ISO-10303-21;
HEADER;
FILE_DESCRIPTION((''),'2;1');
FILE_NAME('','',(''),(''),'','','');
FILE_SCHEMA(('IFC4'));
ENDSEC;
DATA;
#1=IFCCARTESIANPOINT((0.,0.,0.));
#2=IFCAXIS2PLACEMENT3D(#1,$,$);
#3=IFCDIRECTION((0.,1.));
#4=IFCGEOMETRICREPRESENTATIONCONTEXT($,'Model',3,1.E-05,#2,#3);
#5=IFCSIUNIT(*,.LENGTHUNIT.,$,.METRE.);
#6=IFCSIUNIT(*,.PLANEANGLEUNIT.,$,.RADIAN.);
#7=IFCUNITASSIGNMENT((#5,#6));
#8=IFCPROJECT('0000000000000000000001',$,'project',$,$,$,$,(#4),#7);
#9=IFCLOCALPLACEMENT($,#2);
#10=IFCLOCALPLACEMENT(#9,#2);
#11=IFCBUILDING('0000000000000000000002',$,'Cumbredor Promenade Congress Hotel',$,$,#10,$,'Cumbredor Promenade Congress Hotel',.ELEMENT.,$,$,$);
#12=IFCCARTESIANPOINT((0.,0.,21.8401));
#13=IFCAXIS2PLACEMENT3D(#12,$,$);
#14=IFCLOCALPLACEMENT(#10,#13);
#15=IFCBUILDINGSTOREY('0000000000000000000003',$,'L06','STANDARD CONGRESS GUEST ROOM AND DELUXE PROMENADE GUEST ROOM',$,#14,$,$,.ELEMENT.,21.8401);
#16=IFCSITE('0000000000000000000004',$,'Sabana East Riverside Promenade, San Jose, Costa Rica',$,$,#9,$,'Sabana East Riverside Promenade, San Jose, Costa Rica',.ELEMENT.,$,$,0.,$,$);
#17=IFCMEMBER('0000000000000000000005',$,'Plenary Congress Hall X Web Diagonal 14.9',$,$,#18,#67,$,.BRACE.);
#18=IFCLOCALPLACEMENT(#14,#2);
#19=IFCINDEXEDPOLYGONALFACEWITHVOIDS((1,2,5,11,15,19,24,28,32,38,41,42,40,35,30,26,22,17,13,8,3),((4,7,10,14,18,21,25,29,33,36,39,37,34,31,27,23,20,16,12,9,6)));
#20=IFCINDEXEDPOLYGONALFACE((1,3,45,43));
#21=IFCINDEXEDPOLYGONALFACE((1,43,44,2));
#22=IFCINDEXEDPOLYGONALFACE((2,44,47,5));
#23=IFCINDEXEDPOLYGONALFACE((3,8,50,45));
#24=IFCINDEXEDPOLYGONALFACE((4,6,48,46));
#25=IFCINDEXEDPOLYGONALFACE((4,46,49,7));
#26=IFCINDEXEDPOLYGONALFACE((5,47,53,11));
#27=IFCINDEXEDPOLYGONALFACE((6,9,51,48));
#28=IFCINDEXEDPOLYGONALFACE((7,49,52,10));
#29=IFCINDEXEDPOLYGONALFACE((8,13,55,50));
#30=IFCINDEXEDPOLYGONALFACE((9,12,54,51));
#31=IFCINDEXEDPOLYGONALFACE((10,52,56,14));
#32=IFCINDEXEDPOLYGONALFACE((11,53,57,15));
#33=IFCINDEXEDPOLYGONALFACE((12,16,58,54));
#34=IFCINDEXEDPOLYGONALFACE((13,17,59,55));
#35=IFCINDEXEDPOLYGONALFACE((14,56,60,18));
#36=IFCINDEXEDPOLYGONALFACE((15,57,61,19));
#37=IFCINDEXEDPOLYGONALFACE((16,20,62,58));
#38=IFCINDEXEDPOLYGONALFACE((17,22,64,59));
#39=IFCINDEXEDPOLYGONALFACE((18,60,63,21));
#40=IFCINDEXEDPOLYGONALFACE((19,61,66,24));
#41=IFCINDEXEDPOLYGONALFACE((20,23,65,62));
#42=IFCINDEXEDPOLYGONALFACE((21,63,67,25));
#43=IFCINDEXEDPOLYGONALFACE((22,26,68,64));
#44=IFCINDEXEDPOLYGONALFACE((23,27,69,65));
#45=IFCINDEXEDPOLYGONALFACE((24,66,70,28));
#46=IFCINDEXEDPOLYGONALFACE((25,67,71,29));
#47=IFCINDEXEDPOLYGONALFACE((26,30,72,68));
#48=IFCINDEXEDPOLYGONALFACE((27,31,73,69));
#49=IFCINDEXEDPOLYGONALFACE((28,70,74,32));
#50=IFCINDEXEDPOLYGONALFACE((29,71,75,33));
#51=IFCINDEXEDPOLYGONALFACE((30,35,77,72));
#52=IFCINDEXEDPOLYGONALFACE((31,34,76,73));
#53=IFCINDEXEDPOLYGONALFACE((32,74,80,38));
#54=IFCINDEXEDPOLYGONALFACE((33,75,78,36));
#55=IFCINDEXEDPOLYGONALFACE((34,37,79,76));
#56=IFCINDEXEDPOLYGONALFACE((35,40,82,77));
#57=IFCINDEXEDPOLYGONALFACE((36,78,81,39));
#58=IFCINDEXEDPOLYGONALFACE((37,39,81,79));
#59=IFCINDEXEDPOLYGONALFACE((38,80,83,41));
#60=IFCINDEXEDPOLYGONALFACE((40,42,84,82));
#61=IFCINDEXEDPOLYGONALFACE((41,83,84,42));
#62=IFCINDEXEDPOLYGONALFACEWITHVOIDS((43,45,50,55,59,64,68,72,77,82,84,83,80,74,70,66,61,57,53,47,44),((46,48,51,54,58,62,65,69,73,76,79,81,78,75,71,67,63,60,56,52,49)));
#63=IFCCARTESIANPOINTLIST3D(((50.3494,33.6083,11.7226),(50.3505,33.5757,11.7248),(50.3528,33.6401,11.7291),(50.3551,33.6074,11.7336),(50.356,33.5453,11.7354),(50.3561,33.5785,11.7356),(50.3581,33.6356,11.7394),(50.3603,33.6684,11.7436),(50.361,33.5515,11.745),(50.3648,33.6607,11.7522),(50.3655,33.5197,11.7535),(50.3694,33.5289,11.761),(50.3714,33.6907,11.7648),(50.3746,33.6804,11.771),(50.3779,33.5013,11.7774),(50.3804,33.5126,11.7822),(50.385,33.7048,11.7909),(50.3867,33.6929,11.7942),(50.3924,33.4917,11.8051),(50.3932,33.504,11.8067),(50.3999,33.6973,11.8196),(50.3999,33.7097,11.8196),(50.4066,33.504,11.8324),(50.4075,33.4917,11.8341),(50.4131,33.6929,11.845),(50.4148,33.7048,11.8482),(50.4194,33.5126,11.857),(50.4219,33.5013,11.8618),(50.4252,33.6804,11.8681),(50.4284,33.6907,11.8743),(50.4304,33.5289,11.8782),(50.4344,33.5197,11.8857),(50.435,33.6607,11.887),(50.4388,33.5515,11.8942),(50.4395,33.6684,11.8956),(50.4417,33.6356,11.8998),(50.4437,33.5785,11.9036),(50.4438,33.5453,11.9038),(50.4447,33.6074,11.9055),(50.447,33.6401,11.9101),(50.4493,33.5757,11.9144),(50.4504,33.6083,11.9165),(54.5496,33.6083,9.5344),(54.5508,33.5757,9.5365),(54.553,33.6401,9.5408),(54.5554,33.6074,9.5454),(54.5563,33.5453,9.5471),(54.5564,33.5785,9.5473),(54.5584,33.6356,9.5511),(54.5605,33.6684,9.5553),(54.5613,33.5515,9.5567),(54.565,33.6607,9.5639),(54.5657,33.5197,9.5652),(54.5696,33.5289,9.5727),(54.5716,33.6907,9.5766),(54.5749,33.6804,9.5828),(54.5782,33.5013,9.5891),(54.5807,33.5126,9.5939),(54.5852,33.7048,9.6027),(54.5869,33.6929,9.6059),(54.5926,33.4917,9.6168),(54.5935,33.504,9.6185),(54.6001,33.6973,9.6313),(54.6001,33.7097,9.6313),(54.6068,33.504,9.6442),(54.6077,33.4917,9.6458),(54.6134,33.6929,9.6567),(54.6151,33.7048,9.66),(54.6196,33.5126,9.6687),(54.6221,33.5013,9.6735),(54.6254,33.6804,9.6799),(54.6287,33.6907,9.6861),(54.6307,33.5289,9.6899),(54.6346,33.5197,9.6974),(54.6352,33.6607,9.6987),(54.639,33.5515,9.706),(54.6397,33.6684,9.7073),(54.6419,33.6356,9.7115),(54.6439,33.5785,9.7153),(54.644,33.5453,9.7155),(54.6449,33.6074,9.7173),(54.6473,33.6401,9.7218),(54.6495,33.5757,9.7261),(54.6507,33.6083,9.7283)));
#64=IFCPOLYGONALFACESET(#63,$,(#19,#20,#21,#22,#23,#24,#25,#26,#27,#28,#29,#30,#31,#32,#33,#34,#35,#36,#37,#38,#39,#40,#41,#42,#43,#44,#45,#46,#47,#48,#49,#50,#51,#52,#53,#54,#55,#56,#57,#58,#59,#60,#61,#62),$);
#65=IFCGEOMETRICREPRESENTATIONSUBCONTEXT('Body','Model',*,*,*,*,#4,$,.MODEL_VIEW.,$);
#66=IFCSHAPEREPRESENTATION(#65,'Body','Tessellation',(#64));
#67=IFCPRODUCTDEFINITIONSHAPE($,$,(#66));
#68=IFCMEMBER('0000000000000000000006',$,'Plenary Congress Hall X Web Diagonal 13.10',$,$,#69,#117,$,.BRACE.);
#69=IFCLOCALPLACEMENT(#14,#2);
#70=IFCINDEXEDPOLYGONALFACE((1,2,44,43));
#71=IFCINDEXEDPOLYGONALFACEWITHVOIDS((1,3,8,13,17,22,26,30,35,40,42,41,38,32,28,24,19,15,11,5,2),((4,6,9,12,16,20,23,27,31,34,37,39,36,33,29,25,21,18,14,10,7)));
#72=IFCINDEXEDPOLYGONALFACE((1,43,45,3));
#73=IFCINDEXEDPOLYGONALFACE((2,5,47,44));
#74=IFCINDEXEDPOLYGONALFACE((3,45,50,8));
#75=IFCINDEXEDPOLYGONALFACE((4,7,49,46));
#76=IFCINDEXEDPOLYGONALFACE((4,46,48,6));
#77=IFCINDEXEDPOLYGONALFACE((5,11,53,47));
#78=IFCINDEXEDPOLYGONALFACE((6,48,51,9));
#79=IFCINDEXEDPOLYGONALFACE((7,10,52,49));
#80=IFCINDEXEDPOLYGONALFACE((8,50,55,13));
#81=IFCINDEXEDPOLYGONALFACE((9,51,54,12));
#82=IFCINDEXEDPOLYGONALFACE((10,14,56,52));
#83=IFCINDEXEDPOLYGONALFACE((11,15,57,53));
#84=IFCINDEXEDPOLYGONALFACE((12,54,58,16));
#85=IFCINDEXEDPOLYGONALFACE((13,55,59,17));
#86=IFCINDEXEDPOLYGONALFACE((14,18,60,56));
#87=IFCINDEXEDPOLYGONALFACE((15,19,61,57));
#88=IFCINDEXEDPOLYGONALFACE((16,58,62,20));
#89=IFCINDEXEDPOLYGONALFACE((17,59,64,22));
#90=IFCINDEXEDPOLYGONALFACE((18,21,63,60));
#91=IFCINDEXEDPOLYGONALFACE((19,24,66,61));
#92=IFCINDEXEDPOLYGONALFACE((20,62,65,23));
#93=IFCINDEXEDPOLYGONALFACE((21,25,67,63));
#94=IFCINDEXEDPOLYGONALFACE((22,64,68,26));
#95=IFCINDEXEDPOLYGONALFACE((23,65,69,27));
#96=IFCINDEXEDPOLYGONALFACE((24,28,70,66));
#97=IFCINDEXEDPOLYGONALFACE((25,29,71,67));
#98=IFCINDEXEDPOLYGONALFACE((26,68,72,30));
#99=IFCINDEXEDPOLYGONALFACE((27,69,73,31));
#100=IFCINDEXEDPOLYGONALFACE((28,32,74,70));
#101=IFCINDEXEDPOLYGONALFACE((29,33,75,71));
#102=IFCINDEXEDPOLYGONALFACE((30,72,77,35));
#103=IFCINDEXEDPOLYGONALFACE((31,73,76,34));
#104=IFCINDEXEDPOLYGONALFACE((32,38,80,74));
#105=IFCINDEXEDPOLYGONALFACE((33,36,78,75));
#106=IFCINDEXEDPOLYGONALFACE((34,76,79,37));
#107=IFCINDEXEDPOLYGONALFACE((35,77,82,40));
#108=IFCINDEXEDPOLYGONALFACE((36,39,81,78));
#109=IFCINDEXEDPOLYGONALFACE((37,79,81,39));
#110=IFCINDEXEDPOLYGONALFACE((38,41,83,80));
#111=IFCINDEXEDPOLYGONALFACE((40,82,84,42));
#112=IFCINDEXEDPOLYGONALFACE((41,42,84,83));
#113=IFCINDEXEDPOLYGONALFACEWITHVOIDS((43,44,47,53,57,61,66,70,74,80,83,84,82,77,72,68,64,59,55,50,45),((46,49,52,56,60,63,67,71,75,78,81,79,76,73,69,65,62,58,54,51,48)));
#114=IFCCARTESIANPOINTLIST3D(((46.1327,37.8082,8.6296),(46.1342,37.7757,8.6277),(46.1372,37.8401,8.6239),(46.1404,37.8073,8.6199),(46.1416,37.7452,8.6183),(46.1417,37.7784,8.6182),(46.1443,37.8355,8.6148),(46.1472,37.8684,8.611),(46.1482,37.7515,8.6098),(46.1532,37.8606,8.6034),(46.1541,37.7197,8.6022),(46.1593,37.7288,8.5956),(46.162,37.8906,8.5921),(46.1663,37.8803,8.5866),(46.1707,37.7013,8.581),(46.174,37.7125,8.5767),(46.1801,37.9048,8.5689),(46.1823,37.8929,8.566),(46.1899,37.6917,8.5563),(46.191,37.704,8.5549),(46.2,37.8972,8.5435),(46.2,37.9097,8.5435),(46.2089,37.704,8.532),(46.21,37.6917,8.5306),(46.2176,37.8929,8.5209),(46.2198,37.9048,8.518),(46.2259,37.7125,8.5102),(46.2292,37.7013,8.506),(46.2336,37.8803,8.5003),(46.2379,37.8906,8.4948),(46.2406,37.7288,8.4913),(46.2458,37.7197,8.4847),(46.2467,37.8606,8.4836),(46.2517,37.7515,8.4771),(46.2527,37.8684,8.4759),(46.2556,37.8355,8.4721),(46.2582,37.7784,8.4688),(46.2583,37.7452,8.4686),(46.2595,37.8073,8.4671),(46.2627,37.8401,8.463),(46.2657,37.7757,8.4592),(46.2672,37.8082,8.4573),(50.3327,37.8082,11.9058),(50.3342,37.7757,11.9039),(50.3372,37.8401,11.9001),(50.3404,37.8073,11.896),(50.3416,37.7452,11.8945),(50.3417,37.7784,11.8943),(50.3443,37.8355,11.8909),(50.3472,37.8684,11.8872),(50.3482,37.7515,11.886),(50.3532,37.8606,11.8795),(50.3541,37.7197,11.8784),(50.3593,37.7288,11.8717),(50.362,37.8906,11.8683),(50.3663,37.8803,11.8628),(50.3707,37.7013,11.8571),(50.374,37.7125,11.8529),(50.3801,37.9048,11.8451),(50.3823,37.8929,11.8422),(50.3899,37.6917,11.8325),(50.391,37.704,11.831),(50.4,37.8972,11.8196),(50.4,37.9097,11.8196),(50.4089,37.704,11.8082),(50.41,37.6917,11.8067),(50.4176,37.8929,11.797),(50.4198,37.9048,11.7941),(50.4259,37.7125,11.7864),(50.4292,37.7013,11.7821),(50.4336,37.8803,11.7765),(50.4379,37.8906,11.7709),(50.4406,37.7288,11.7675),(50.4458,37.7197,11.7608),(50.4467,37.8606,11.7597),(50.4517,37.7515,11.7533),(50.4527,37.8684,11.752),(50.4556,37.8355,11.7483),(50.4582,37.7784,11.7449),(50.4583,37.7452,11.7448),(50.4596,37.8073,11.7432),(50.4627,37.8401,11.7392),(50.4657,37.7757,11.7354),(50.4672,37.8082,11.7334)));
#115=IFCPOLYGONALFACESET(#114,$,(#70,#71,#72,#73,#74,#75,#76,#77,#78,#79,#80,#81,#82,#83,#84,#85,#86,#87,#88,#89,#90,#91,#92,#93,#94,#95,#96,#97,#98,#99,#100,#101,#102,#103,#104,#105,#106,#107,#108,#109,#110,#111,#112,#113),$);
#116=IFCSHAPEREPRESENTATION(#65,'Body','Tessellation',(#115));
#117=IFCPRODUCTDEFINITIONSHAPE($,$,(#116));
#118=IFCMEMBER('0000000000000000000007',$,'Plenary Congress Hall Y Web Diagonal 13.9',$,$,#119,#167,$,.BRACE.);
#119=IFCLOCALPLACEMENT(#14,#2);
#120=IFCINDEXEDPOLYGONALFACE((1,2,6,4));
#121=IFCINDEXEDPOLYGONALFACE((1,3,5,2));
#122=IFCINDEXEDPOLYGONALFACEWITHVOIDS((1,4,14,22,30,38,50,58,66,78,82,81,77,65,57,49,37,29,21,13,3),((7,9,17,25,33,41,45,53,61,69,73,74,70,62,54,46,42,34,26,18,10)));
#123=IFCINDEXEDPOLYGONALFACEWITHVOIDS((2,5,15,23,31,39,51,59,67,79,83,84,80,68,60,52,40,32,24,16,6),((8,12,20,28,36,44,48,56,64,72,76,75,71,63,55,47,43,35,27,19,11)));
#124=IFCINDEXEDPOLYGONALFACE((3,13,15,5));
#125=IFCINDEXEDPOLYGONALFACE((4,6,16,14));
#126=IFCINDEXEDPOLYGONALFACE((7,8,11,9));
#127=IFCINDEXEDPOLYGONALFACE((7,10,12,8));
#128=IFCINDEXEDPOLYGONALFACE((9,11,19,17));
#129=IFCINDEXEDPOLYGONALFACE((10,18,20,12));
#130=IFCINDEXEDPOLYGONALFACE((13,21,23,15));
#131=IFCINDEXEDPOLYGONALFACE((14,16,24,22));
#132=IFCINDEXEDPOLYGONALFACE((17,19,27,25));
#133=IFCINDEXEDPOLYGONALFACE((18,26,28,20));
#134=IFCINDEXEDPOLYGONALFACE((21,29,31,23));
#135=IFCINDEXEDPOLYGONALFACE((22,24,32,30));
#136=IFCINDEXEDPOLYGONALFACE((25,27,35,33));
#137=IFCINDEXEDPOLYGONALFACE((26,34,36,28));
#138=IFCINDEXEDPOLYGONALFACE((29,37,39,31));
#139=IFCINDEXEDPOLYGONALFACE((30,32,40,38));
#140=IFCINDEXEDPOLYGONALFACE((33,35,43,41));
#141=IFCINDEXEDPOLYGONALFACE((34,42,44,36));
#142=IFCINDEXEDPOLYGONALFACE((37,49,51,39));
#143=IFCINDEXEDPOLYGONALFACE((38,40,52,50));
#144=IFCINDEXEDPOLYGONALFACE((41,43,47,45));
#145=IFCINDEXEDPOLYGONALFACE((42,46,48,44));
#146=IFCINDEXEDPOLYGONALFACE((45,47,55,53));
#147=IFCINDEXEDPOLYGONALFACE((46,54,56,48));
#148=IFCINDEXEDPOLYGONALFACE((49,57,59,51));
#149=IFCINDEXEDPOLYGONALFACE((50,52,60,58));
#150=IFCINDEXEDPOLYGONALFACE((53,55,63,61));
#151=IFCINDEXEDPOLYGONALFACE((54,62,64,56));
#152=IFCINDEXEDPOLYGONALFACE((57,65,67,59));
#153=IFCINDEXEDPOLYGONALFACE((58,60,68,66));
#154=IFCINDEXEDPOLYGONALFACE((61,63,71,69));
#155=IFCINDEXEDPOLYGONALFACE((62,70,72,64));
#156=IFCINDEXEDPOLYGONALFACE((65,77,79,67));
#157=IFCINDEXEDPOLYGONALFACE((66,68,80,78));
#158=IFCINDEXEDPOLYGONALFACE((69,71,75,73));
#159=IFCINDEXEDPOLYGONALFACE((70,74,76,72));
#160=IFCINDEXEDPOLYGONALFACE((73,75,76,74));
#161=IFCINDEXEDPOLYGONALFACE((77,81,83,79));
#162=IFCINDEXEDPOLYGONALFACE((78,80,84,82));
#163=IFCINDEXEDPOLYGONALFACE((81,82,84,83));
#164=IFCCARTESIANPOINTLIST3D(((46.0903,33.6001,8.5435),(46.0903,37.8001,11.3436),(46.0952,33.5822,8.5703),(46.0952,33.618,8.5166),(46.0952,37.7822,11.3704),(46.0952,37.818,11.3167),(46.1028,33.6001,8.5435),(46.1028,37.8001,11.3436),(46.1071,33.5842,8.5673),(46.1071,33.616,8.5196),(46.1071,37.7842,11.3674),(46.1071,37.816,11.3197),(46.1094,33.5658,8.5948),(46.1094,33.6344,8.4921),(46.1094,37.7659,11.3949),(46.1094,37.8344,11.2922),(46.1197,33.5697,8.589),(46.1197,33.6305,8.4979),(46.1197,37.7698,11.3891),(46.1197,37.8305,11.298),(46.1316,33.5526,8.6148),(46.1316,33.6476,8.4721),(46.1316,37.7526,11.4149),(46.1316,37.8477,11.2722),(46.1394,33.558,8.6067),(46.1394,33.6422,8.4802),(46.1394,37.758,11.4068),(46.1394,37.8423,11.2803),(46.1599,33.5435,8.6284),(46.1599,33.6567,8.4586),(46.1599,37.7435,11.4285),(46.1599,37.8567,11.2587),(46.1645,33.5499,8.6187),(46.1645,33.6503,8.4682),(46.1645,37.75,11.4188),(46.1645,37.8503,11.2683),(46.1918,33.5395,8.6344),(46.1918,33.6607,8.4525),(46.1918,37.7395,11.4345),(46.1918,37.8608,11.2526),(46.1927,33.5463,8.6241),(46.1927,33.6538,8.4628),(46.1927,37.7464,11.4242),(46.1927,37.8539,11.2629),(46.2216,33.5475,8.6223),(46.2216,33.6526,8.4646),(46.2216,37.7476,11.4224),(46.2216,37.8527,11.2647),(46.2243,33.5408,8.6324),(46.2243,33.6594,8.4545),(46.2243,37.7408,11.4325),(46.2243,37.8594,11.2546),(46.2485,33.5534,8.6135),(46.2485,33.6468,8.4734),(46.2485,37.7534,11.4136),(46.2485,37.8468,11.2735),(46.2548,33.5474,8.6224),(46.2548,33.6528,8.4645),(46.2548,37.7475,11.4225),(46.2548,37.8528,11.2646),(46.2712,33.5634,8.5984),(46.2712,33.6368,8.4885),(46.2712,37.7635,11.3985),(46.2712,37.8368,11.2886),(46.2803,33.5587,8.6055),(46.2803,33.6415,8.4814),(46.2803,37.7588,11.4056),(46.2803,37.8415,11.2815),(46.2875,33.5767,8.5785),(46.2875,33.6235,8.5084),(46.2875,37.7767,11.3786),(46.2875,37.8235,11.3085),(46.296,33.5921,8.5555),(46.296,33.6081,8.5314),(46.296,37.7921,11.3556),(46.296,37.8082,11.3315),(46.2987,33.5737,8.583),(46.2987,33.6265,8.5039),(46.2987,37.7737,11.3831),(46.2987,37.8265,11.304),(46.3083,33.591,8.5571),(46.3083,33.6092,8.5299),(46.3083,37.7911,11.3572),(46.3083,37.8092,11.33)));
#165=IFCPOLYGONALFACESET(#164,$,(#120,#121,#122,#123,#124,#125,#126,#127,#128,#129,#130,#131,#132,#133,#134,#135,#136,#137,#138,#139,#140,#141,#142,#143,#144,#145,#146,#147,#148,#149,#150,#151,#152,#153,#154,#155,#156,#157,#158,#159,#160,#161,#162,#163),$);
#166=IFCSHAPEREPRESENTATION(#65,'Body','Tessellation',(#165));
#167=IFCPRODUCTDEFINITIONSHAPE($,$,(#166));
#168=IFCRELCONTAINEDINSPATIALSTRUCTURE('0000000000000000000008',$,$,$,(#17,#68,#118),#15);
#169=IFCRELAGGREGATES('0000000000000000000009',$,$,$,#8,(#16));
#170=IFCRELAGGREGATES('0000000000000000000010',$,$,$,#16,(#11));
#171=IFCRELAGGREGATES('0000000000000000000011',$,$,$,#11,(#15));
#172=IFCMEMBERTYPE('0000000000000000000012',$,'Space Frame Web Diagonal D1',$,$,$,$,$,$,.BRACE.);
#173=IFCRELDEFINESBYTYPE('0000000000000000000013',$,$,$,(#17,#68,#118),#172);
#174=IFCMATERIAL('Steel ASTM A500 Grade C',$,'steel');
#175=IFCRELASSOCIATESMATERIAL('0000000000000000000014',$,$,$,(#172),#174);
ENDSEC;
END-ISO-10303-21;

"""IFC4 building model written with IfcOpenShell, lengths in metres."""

from ifc_helpers import new_model, si_unit, direction, frame, origin, origin_2d, place, context, subcontext, project, spatial, hollow_circle, extrude, material, material_profile, profile_set, type_object, element, save


model = new_model("IFC4")

# Units and contexts
model_context = context("Model", 3, precision=1e-05, world=origin(), true_north=direction((0.0, 1.0)))
body_context = subcontext(model_context, "Body", "Model", "MODEL_VIEW")
ifc_project = project(units=[si_unit("LENGTHUNIT", "METRE"), si_unit("PLANEANGLEUNIT", "RADIAN")], contexts=[model_context])

# Site, building, storey
site_placement = place(None, origin())
site = spatial("IfcSite", under=ifc_project, at=site_placement, Name="Sabana East Riverside Promenade, San Jose, Costa Rica", LongName="Sabana East Riverside Promenade, San Jose, Costa Rica", CompositionType="ELEMENT", RefElevation=0.0)
building_placement = place(site_placement, origin())
building = spatial("IfcBuilding", under=site, at=building_placement, Name="Cumbredor Promenade Congress Hotel", LongName="Cumbredor Promenade Congress Hotel", CompositionType="ELEMENT")
storey_placement = place(building_placement, frame((0.0, 0.0, 21.8401)))
storey = spatial("IfcBuildingStorey", under=building, at=storey_placement, Name="L06", Description="STANDARD CONGRESS GUEST ROOM AND DELUXE PROMENADE GUEST ROOM", CompositionType="ELEMENT", Elevation=21.8401)

# Members
ifc_material_1 = material(Name="Steel ASTM A500 Grade C", Category="steel")
ifc_material_profile_1 = material_profile(ifc_material_1, hollow_circle(Radius=0.1096, WallThickness=0.0125, at=origin_2d()), Name="CHS 219.1x12.5")
ifc_profile_set_1 = profile_set([ifc_material_profile_1], Name="Steel ASTM A500 Grade C")
member_type_1 = type_object("IfcMemberType", Name="Space Frame Web Diagonal D1", PredefinedType="BRACE", material=ifc_profile_set_1)
member_1_placement = place(storey_placement, frame((50.3999, 33.6001, 11.8196), z_axis=(0.88686, 0.0, -0.462039), x_axis=(0.0, 1.0, 0.0)))
element("IfcMember", 1, at=member_1_placement, inside=storey, type_object=member_type_1, Name="Plenary Congress Hall X Web Diagonal 14.9", PredefinedType="BRACE", context=body_context, shape_type="SweptSolid", body=[
    extrude(hollow_circle(Radius=0.1096, WallThickness=0.0125, at=origin_2d()), origin(), (0.0, 0.0, 1.0), 4.7361),
])
member_2_placement = place(storey_placement, frame((46.2, 37.8, 8.5435), z_axis=(0.788488, 0.0, 0.615051), x_axis=(0.0, 1.0, 0.0)))
element("IfcMember", 2, at=member_2_placement, inside=storey, type_object=member_type_1, Name="Plenary Congress Hall X Web Diagonal 13.10", PredefinedType="BRACE", context=body_context, shape_type="SweptSolid", body=[
    extrude(hollow_circle(Radius=0.1096, WallThickness=0.0125, at=origin_2d()), origin(), (0.0, 0.0, 1.0), 5.3267),
])
member_3_placement = place(storey_placement, frame((46.2, 33.6001, 8.5435), z_axis=(0.0, 0.832043, 0.554711), x_axis=(-1.0, 0.0, 0.0)))
element("IfcMember", 3, at=member_3_placement, inside=storey, type_object=member_type_1, Name="Plenary Congress Hall Y Web Diagonal 13.9", PredefinedType="BRACE", context=body_context, shape_type="SweptSolid", body=[
    extrude(hollow_circle(Radius=0.1096, WallThickness=0.0125, at=origin_2d()), origin(), (0.0, 0.0, 1.0), 5.0479),
])

save(model, "model.ifc")
